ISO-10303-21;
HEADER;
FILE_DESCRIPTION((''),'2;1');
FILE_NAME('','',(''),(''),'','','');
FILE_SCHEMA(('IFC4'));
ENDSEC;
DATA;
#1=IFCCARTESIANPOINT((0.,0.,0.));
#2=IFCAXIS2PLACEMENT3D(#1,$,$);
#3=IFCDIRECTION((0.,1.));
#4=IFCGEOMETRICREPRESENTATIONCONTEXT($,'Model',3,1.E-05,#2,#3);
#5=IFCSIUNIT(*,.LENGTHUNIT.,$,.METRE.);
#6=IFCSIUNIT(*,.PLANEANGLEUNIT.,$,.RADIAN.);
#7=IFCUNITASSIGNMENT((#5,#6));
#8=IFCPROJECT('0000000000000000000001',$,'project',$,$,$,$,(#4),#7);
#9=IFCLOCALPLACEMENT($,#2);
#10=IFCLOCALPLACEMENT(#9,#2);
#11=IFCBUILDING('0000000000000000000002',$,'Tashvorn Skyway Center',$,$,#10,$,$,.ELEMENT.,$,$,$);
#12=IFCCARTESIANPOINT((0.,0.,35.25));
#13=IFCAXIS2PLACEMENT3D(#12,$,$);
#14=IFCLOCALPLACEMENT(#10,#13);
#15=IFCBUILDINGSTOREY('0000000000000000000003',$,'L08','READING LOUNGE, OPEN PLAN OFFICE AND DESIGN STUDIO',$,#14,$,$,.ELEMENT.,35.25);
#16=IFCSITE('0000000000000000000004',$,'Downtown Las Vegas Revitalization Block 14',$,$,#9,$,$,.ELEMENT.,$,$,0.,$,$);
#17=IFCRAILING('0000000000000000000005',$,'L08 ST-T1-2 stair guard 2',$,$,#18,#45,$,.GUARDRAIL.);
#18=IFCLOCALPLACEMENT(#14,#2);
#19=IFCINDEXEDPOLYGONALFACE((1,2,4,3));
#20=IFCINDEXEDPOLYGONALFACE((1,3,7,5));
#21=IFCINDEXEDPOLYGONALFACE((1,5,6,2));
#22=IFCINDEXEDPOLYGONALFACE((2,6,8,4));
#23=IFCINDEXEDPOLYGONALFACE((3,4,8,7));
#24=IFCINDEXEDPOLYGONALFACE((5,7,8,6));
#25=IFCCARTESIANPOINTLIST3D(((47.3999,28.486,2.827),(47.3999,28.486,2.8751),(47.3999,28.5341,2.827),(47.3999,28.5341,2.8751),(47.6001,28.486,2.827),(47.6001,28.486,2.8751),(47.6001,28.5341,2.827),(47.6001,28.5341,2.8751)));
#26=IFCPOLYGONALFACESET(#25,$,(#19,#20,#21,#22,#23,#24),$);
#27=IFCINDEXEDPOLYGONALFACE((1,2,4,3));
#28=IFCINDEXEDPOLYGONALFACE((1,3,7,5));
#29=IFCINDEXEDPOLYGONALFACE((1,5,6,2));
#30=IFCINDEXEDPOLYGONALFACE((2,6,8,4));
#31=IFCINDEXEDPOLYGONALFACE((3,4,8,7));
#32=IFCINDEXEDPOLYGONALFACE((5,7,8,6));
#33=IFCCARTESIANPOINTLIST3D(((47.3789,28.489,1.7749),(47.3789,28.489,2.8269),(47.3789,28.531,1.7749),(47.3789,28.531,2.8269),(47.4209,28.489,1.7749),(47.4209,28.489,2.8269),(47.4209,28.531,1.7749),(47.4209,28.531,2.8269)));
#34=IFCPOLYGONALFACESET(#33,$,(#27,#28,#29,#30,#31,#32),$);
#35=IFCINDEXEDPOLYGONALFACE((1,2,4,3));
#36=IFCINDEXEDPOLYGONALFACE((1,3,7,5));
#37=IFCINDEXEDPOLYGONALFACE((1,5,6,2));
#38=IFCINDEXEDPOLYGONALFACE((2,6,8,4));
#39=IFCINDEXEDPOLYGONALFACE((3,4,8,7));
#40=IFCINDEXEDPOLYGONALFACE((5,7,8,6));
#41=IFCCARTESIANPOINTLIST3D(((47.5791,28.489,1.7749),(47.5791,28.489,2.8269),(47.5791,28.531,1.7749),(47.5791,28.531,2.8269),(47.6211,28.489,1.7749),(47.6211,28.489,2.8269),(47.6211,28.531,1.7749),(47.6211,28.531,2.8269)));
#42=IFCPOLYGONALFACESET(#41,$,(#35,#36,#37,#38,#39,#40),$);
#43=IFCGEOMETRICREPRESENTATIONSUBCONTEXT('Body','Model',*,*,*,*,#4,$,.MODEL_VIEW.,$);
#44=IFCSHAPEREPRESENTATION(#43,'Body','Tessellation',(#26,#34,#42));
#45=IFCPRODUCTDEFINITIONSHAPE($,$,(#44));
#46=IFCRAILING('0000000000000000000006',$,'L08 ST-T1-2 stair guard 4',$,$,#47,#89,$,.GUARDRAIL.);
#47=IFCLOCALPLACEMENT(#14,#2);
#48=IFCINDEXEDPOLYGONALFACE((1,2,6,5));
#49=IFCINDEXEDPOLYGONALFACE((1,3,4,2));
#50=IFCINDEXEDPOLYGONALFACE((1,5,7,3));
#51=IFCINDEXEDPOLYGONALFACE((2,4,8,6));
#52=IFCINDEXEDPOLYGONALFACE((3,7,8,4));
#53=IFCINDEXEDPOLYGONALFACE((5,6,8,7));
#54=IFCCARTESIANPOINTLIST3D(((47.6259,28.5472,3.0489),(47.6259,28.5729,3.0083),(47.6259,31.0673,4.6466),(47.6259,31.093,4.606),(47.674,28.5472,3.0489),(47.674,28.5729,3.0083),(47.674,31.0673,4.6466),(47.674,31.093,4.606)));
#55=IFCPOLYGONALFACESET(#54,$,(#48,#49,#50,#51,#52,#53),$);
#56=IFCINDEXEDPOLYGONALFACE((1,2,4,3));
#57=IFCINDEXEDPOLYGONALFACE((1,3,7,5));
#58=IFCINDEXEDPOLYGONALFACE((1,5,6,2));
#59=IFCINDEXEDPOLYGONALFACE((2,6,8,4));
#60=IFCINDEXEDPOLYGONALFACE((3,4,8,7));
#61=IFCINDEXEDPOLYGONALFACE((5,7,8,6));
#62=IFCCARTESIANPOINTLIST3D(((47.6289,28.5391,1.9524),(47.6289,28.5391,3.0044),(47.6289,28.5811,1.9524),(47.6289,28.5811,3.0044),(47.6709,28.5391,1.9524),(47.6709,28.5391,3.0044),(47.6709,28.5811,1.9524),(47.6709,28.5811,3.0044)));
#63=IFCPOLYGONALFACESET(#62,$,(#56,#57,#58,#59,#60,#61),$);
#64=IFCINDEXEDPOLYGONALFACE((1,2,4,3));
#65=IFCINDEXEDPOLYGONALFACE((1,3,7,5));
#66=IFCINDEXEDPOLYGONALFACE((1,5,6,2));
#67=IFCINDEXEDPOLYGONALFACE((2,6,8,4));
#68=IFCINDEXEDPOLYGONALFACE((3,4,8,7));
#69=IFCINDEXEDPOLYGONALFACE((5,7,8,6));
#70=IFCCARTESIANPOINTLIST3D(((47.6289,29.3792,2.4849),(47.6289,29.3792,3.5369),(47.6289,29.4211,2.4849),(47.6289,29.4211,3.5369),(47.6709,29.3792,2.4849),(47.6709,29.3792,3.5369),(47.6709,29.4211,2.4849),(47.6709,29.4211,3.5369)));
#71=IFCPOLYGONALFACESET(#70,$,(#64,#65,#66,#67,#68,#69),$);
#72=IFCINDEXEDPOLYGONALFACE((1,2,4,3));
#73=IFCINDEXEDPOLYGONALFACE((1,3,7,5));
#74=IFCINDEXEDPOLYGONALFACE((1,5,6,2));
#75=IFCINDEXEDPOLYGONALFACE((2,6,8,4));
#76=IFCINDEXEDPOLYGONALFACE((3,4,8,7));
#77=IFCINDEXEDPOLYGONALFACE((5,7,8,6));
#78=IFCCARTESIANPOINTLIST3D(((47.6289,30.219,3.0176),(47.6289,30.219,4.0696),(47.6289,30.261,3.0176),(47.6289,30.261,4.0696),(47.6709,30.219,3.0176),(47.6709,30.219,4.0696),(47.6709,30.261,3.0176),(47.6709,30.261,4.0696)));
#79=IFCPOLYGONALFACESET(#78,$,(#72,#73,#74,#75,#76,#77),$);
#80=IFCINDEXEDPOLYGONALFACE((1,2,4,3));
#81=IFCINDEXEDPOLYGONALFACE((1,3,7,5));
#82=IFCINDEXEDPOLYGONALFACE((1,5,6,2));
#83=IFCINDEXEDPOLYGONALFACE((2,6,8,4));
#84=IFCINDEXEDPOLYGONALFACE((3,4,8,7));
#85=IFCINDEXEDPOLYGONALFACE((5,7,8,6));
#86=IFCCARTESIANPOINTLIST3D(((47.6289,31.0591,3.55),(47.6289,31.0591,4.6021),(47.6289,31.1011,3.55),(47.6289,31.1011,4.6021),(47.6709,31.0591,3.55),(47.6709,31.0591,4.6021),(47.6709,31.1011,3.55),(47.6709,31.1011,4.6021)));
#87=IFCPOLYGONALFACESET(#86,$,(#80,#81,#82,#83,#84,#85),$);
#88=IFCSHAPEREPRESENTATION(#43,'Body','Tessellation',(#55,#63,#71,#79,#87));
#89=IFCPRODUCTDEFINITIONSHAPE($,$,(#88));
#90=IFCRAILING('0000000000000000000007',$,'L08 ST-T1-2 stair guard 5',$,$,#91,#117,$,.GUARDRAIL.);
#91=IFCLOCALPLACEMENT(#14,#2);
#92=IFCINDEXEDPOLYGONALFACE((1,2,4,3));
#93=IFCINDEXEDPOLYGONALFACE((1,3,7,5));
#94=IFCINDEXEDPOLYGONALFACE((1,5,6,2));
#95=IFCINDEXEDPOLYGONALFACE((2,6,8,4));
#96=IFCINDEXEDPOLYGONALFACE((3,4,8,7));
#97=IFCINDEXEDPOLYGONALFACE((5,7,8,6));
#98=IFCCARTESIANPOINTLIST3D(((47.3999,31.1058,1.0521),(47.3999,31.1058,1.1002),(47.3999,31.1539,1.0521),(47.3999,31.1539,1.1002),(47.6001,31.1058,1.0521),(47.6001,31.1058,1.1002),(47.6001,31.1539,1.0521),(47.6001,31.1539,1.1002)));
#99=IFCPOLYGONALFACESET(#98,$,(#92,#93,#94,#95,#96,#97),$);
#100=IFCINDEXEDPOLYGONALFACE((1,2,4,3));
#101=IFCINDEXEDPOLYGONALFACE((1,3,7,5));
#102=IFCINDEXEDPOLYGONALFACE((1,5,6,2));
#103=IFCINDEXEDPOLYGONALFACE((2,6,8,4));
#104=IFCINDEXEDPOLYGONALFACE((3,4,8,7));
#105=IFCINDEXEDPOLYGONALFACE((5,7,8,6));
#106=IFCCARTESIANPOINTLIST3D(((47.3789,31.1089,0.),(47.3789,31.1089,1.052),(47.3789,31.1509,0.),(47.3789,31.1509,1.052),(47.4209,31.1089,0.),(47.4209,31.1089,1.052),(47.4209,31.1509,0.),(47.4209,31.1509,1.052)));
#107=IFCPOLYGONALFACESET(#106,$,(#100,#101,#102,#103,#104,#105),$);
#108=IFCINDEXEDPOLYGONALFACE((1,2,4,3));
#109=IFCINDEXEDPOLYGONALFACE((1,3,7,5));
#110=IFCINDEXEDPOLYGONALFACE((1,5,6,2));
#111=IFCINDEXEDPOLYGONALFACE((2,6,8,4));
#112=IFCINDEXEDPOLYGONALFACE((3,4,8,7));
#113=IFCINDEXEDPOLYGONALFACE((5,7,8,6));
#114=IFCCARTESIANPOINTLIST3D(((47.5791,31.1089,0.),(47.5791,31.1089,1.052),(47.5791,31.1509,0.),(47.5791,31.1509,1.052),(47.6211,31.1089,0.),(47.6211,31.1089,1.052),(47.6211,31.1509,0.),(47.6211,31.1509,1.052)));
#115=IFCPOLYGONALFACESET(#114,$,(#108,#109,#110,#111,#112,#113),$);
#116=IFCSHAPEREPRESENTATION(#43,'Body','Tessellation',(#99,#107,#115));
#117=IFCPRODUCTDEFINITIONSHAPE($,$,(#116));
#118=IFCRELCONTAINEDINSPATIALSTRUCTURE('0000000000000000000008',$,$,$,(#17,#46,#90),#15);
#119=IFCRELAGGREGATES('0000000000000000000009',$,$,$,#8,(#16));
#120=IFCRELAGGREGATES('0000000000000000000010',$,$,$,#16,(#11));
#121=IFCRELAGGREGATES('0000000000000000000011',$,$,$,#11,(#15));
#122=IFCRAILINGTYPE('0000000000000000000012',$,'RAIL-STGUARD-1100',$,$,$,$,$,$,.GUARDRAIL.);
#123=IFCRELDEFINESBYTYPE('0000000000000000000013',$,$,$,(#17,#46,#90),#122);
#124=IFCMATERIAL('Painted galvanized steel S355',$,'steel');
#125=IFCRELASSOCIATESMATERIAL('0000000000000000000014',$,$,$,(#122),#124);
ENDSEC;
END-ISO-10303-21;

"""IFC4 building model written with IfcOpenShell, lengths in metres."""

from ifc_helpers import new_model, si_unit, direction, frame, origin, origin_2d, place, context, subcontext, project, spatial, rectangle, extrude, material, type_object, element, save


model = new_model("IFC4")

# Units and contexts
model_context = context("Model", 3, precision=1e-05, world=origin(), true_north=direction((0.0, 1.0)))
body_context = subcontext(model_context, "Body", "Model", "MODEL_VIEW")
ifc_project = project(units=[si_unit("LENGTHUNIT", "METRE"), si_unit("PLANEANGLEUNIT", "RADIAN")], contexts=[model_context])

# Site, building, storey
site_placement = place(None, origin())
site = spatial("IfcSite", under=ifc_project, at=site_placement, Name="Downtown Las Vegas Revitalization Block 14", CompositionType="ELEMENT", RefElevation=0.0)
building_placement = place(site_placement, origin())
building = spatial("IfcBuilding", under=site, at=building_placement, Name="Tashvorn Skyway Center", CompositionType="ELEMENT")
storey_placement = place(building_placement, frame((0.0, 0.0, 35.25)))
storey = spatial("IfcBuildingStorey", under=building, at=storey_placement, Name="L08", Description="READING LOUNGE, OPEN PLAN OFFICE AND DESIGN STUDIO", CompositionType="ELEMENT", Elevation=35.25)

# Railings
ifc_material_1 = material(Name="Painted galvanized steel S355", Category="steel")
railing_type_1 = type_object("IfcRailingType", Name="RAIL-STGUARD-1100", PredefinedType="GUARDRAIL", material=ifc_material_1)
railing_1_placement = place(storey_placement, frame((47.3999, 28.51, 1.7749)))
element("IfcRailing", 1, at=railing_1_placement, inside=storey, type_object=railing_type_1, Name="L08 ST-T1-2 stair guard 2", PredefinedType="GUARDRAIL", context=body_context, shape_type="SweptSolid", body=[
    extrude(rectangle(XDim=0.0481, YDim=0.0481, at=origin_2d()), frame((0.0, 0.0, 1.0762), z_axis=(1.0, 0.0, 0.0), x_axis=(0.0, 1.0, 0.0)), (0.0, 0.0, 1.0), 0.2002),
    extrude(rectangle(XDim=0.042, YDim=0.042, at=origin_2d()), origin(), (0.0, 0.0, 1.0), 1.052),
    extrude(rectangle(XDim=0.042, YDim=0.042, at=origin_2d()), frame((0.2002, 0.0, 0.0)), (0.0, 0.0, 1.0), 1.052),
])
railing_2_placement = place(storey_placement, frame((47.6499, 28.5601, 1.9524)))
element("IfcRailing", 2, at=railing_2_placement, inside=storey, type_object=railing_type_1, Name="L08 ST-T1-2 stair guard 4", PredefinedType="GUARDRAIL", context=body_context, shape_type="SweptSolid", body=[
    extrude(rectangle(XDim=0.0481, YDim=0.0481, at=origin_2d()), frame((0.0, 0.0, 1.0762), z_axis=(0.0, 0.84457, 0.535445), x_axis=(-1.0, 0.0, 0.0)), (0.0, 0.0, 1.0), 2.9839),
    extrude(rectangle(XDim=0.042, YDim=0.042, at=origin_2d()), origin(), (0.0, 0.0, 1.0), 1.052),
    extrude(rectangle(XDim=0.042, YDim=0.042, at=origin_2d()), frame((0.0, 0.8401, 0.5325)), (0.0, 0.0, 1.0), 1.052),
    extrude(rectangle(XDim=0.042, YDim=0.042, at=origin_2d()), frame((0.0, 1.6799, 1.0652)), (0.0, 0.0, 1.0), 1.052),
    extrude(rectangle(XDim=0.042, YDim=0.042, at=origin_2d()), frame((0.0, 2.52, 1.5977)), (0.0, 0.0, 1.0), 1.052),
])
railing_3_placement = place(storey_placement, frame((47.3999, 31.1299, 0.0)))
element("IfcRailing", 3, at=railing_3_placement, inside=storey, type_object=railing_type_1, Name="L08 ST-T1-2 stair guard 5", PredefinedType="GUARDRAIL", context=body_context, shape_type="SweptSolid", body=[
    extrude(rectangle(XDim=0.0481, YDim=0.0481, at=origin_2d()), frame((0.0, 0.0, 1.0762), z_axis=(1.0, 0.0, 0.0), x_axis=(0.0, 1.0, 0.0)), (0.0, 0.0, 1.0), 0.2002),
    extrude(rectangle(XDim=0.042, YDim=0.042, at=origin_2d()), origin(), (0.0, 0.0, 1.0), 1.052),
    extrude(rectangle(XDim=0.042, YDim=0.042, at=origin_2d()), frame((0.2002, 0.0, 0.0)), (0.0, 0.0, 1.0), 1.052),
])

save(model, "model.ifc")
